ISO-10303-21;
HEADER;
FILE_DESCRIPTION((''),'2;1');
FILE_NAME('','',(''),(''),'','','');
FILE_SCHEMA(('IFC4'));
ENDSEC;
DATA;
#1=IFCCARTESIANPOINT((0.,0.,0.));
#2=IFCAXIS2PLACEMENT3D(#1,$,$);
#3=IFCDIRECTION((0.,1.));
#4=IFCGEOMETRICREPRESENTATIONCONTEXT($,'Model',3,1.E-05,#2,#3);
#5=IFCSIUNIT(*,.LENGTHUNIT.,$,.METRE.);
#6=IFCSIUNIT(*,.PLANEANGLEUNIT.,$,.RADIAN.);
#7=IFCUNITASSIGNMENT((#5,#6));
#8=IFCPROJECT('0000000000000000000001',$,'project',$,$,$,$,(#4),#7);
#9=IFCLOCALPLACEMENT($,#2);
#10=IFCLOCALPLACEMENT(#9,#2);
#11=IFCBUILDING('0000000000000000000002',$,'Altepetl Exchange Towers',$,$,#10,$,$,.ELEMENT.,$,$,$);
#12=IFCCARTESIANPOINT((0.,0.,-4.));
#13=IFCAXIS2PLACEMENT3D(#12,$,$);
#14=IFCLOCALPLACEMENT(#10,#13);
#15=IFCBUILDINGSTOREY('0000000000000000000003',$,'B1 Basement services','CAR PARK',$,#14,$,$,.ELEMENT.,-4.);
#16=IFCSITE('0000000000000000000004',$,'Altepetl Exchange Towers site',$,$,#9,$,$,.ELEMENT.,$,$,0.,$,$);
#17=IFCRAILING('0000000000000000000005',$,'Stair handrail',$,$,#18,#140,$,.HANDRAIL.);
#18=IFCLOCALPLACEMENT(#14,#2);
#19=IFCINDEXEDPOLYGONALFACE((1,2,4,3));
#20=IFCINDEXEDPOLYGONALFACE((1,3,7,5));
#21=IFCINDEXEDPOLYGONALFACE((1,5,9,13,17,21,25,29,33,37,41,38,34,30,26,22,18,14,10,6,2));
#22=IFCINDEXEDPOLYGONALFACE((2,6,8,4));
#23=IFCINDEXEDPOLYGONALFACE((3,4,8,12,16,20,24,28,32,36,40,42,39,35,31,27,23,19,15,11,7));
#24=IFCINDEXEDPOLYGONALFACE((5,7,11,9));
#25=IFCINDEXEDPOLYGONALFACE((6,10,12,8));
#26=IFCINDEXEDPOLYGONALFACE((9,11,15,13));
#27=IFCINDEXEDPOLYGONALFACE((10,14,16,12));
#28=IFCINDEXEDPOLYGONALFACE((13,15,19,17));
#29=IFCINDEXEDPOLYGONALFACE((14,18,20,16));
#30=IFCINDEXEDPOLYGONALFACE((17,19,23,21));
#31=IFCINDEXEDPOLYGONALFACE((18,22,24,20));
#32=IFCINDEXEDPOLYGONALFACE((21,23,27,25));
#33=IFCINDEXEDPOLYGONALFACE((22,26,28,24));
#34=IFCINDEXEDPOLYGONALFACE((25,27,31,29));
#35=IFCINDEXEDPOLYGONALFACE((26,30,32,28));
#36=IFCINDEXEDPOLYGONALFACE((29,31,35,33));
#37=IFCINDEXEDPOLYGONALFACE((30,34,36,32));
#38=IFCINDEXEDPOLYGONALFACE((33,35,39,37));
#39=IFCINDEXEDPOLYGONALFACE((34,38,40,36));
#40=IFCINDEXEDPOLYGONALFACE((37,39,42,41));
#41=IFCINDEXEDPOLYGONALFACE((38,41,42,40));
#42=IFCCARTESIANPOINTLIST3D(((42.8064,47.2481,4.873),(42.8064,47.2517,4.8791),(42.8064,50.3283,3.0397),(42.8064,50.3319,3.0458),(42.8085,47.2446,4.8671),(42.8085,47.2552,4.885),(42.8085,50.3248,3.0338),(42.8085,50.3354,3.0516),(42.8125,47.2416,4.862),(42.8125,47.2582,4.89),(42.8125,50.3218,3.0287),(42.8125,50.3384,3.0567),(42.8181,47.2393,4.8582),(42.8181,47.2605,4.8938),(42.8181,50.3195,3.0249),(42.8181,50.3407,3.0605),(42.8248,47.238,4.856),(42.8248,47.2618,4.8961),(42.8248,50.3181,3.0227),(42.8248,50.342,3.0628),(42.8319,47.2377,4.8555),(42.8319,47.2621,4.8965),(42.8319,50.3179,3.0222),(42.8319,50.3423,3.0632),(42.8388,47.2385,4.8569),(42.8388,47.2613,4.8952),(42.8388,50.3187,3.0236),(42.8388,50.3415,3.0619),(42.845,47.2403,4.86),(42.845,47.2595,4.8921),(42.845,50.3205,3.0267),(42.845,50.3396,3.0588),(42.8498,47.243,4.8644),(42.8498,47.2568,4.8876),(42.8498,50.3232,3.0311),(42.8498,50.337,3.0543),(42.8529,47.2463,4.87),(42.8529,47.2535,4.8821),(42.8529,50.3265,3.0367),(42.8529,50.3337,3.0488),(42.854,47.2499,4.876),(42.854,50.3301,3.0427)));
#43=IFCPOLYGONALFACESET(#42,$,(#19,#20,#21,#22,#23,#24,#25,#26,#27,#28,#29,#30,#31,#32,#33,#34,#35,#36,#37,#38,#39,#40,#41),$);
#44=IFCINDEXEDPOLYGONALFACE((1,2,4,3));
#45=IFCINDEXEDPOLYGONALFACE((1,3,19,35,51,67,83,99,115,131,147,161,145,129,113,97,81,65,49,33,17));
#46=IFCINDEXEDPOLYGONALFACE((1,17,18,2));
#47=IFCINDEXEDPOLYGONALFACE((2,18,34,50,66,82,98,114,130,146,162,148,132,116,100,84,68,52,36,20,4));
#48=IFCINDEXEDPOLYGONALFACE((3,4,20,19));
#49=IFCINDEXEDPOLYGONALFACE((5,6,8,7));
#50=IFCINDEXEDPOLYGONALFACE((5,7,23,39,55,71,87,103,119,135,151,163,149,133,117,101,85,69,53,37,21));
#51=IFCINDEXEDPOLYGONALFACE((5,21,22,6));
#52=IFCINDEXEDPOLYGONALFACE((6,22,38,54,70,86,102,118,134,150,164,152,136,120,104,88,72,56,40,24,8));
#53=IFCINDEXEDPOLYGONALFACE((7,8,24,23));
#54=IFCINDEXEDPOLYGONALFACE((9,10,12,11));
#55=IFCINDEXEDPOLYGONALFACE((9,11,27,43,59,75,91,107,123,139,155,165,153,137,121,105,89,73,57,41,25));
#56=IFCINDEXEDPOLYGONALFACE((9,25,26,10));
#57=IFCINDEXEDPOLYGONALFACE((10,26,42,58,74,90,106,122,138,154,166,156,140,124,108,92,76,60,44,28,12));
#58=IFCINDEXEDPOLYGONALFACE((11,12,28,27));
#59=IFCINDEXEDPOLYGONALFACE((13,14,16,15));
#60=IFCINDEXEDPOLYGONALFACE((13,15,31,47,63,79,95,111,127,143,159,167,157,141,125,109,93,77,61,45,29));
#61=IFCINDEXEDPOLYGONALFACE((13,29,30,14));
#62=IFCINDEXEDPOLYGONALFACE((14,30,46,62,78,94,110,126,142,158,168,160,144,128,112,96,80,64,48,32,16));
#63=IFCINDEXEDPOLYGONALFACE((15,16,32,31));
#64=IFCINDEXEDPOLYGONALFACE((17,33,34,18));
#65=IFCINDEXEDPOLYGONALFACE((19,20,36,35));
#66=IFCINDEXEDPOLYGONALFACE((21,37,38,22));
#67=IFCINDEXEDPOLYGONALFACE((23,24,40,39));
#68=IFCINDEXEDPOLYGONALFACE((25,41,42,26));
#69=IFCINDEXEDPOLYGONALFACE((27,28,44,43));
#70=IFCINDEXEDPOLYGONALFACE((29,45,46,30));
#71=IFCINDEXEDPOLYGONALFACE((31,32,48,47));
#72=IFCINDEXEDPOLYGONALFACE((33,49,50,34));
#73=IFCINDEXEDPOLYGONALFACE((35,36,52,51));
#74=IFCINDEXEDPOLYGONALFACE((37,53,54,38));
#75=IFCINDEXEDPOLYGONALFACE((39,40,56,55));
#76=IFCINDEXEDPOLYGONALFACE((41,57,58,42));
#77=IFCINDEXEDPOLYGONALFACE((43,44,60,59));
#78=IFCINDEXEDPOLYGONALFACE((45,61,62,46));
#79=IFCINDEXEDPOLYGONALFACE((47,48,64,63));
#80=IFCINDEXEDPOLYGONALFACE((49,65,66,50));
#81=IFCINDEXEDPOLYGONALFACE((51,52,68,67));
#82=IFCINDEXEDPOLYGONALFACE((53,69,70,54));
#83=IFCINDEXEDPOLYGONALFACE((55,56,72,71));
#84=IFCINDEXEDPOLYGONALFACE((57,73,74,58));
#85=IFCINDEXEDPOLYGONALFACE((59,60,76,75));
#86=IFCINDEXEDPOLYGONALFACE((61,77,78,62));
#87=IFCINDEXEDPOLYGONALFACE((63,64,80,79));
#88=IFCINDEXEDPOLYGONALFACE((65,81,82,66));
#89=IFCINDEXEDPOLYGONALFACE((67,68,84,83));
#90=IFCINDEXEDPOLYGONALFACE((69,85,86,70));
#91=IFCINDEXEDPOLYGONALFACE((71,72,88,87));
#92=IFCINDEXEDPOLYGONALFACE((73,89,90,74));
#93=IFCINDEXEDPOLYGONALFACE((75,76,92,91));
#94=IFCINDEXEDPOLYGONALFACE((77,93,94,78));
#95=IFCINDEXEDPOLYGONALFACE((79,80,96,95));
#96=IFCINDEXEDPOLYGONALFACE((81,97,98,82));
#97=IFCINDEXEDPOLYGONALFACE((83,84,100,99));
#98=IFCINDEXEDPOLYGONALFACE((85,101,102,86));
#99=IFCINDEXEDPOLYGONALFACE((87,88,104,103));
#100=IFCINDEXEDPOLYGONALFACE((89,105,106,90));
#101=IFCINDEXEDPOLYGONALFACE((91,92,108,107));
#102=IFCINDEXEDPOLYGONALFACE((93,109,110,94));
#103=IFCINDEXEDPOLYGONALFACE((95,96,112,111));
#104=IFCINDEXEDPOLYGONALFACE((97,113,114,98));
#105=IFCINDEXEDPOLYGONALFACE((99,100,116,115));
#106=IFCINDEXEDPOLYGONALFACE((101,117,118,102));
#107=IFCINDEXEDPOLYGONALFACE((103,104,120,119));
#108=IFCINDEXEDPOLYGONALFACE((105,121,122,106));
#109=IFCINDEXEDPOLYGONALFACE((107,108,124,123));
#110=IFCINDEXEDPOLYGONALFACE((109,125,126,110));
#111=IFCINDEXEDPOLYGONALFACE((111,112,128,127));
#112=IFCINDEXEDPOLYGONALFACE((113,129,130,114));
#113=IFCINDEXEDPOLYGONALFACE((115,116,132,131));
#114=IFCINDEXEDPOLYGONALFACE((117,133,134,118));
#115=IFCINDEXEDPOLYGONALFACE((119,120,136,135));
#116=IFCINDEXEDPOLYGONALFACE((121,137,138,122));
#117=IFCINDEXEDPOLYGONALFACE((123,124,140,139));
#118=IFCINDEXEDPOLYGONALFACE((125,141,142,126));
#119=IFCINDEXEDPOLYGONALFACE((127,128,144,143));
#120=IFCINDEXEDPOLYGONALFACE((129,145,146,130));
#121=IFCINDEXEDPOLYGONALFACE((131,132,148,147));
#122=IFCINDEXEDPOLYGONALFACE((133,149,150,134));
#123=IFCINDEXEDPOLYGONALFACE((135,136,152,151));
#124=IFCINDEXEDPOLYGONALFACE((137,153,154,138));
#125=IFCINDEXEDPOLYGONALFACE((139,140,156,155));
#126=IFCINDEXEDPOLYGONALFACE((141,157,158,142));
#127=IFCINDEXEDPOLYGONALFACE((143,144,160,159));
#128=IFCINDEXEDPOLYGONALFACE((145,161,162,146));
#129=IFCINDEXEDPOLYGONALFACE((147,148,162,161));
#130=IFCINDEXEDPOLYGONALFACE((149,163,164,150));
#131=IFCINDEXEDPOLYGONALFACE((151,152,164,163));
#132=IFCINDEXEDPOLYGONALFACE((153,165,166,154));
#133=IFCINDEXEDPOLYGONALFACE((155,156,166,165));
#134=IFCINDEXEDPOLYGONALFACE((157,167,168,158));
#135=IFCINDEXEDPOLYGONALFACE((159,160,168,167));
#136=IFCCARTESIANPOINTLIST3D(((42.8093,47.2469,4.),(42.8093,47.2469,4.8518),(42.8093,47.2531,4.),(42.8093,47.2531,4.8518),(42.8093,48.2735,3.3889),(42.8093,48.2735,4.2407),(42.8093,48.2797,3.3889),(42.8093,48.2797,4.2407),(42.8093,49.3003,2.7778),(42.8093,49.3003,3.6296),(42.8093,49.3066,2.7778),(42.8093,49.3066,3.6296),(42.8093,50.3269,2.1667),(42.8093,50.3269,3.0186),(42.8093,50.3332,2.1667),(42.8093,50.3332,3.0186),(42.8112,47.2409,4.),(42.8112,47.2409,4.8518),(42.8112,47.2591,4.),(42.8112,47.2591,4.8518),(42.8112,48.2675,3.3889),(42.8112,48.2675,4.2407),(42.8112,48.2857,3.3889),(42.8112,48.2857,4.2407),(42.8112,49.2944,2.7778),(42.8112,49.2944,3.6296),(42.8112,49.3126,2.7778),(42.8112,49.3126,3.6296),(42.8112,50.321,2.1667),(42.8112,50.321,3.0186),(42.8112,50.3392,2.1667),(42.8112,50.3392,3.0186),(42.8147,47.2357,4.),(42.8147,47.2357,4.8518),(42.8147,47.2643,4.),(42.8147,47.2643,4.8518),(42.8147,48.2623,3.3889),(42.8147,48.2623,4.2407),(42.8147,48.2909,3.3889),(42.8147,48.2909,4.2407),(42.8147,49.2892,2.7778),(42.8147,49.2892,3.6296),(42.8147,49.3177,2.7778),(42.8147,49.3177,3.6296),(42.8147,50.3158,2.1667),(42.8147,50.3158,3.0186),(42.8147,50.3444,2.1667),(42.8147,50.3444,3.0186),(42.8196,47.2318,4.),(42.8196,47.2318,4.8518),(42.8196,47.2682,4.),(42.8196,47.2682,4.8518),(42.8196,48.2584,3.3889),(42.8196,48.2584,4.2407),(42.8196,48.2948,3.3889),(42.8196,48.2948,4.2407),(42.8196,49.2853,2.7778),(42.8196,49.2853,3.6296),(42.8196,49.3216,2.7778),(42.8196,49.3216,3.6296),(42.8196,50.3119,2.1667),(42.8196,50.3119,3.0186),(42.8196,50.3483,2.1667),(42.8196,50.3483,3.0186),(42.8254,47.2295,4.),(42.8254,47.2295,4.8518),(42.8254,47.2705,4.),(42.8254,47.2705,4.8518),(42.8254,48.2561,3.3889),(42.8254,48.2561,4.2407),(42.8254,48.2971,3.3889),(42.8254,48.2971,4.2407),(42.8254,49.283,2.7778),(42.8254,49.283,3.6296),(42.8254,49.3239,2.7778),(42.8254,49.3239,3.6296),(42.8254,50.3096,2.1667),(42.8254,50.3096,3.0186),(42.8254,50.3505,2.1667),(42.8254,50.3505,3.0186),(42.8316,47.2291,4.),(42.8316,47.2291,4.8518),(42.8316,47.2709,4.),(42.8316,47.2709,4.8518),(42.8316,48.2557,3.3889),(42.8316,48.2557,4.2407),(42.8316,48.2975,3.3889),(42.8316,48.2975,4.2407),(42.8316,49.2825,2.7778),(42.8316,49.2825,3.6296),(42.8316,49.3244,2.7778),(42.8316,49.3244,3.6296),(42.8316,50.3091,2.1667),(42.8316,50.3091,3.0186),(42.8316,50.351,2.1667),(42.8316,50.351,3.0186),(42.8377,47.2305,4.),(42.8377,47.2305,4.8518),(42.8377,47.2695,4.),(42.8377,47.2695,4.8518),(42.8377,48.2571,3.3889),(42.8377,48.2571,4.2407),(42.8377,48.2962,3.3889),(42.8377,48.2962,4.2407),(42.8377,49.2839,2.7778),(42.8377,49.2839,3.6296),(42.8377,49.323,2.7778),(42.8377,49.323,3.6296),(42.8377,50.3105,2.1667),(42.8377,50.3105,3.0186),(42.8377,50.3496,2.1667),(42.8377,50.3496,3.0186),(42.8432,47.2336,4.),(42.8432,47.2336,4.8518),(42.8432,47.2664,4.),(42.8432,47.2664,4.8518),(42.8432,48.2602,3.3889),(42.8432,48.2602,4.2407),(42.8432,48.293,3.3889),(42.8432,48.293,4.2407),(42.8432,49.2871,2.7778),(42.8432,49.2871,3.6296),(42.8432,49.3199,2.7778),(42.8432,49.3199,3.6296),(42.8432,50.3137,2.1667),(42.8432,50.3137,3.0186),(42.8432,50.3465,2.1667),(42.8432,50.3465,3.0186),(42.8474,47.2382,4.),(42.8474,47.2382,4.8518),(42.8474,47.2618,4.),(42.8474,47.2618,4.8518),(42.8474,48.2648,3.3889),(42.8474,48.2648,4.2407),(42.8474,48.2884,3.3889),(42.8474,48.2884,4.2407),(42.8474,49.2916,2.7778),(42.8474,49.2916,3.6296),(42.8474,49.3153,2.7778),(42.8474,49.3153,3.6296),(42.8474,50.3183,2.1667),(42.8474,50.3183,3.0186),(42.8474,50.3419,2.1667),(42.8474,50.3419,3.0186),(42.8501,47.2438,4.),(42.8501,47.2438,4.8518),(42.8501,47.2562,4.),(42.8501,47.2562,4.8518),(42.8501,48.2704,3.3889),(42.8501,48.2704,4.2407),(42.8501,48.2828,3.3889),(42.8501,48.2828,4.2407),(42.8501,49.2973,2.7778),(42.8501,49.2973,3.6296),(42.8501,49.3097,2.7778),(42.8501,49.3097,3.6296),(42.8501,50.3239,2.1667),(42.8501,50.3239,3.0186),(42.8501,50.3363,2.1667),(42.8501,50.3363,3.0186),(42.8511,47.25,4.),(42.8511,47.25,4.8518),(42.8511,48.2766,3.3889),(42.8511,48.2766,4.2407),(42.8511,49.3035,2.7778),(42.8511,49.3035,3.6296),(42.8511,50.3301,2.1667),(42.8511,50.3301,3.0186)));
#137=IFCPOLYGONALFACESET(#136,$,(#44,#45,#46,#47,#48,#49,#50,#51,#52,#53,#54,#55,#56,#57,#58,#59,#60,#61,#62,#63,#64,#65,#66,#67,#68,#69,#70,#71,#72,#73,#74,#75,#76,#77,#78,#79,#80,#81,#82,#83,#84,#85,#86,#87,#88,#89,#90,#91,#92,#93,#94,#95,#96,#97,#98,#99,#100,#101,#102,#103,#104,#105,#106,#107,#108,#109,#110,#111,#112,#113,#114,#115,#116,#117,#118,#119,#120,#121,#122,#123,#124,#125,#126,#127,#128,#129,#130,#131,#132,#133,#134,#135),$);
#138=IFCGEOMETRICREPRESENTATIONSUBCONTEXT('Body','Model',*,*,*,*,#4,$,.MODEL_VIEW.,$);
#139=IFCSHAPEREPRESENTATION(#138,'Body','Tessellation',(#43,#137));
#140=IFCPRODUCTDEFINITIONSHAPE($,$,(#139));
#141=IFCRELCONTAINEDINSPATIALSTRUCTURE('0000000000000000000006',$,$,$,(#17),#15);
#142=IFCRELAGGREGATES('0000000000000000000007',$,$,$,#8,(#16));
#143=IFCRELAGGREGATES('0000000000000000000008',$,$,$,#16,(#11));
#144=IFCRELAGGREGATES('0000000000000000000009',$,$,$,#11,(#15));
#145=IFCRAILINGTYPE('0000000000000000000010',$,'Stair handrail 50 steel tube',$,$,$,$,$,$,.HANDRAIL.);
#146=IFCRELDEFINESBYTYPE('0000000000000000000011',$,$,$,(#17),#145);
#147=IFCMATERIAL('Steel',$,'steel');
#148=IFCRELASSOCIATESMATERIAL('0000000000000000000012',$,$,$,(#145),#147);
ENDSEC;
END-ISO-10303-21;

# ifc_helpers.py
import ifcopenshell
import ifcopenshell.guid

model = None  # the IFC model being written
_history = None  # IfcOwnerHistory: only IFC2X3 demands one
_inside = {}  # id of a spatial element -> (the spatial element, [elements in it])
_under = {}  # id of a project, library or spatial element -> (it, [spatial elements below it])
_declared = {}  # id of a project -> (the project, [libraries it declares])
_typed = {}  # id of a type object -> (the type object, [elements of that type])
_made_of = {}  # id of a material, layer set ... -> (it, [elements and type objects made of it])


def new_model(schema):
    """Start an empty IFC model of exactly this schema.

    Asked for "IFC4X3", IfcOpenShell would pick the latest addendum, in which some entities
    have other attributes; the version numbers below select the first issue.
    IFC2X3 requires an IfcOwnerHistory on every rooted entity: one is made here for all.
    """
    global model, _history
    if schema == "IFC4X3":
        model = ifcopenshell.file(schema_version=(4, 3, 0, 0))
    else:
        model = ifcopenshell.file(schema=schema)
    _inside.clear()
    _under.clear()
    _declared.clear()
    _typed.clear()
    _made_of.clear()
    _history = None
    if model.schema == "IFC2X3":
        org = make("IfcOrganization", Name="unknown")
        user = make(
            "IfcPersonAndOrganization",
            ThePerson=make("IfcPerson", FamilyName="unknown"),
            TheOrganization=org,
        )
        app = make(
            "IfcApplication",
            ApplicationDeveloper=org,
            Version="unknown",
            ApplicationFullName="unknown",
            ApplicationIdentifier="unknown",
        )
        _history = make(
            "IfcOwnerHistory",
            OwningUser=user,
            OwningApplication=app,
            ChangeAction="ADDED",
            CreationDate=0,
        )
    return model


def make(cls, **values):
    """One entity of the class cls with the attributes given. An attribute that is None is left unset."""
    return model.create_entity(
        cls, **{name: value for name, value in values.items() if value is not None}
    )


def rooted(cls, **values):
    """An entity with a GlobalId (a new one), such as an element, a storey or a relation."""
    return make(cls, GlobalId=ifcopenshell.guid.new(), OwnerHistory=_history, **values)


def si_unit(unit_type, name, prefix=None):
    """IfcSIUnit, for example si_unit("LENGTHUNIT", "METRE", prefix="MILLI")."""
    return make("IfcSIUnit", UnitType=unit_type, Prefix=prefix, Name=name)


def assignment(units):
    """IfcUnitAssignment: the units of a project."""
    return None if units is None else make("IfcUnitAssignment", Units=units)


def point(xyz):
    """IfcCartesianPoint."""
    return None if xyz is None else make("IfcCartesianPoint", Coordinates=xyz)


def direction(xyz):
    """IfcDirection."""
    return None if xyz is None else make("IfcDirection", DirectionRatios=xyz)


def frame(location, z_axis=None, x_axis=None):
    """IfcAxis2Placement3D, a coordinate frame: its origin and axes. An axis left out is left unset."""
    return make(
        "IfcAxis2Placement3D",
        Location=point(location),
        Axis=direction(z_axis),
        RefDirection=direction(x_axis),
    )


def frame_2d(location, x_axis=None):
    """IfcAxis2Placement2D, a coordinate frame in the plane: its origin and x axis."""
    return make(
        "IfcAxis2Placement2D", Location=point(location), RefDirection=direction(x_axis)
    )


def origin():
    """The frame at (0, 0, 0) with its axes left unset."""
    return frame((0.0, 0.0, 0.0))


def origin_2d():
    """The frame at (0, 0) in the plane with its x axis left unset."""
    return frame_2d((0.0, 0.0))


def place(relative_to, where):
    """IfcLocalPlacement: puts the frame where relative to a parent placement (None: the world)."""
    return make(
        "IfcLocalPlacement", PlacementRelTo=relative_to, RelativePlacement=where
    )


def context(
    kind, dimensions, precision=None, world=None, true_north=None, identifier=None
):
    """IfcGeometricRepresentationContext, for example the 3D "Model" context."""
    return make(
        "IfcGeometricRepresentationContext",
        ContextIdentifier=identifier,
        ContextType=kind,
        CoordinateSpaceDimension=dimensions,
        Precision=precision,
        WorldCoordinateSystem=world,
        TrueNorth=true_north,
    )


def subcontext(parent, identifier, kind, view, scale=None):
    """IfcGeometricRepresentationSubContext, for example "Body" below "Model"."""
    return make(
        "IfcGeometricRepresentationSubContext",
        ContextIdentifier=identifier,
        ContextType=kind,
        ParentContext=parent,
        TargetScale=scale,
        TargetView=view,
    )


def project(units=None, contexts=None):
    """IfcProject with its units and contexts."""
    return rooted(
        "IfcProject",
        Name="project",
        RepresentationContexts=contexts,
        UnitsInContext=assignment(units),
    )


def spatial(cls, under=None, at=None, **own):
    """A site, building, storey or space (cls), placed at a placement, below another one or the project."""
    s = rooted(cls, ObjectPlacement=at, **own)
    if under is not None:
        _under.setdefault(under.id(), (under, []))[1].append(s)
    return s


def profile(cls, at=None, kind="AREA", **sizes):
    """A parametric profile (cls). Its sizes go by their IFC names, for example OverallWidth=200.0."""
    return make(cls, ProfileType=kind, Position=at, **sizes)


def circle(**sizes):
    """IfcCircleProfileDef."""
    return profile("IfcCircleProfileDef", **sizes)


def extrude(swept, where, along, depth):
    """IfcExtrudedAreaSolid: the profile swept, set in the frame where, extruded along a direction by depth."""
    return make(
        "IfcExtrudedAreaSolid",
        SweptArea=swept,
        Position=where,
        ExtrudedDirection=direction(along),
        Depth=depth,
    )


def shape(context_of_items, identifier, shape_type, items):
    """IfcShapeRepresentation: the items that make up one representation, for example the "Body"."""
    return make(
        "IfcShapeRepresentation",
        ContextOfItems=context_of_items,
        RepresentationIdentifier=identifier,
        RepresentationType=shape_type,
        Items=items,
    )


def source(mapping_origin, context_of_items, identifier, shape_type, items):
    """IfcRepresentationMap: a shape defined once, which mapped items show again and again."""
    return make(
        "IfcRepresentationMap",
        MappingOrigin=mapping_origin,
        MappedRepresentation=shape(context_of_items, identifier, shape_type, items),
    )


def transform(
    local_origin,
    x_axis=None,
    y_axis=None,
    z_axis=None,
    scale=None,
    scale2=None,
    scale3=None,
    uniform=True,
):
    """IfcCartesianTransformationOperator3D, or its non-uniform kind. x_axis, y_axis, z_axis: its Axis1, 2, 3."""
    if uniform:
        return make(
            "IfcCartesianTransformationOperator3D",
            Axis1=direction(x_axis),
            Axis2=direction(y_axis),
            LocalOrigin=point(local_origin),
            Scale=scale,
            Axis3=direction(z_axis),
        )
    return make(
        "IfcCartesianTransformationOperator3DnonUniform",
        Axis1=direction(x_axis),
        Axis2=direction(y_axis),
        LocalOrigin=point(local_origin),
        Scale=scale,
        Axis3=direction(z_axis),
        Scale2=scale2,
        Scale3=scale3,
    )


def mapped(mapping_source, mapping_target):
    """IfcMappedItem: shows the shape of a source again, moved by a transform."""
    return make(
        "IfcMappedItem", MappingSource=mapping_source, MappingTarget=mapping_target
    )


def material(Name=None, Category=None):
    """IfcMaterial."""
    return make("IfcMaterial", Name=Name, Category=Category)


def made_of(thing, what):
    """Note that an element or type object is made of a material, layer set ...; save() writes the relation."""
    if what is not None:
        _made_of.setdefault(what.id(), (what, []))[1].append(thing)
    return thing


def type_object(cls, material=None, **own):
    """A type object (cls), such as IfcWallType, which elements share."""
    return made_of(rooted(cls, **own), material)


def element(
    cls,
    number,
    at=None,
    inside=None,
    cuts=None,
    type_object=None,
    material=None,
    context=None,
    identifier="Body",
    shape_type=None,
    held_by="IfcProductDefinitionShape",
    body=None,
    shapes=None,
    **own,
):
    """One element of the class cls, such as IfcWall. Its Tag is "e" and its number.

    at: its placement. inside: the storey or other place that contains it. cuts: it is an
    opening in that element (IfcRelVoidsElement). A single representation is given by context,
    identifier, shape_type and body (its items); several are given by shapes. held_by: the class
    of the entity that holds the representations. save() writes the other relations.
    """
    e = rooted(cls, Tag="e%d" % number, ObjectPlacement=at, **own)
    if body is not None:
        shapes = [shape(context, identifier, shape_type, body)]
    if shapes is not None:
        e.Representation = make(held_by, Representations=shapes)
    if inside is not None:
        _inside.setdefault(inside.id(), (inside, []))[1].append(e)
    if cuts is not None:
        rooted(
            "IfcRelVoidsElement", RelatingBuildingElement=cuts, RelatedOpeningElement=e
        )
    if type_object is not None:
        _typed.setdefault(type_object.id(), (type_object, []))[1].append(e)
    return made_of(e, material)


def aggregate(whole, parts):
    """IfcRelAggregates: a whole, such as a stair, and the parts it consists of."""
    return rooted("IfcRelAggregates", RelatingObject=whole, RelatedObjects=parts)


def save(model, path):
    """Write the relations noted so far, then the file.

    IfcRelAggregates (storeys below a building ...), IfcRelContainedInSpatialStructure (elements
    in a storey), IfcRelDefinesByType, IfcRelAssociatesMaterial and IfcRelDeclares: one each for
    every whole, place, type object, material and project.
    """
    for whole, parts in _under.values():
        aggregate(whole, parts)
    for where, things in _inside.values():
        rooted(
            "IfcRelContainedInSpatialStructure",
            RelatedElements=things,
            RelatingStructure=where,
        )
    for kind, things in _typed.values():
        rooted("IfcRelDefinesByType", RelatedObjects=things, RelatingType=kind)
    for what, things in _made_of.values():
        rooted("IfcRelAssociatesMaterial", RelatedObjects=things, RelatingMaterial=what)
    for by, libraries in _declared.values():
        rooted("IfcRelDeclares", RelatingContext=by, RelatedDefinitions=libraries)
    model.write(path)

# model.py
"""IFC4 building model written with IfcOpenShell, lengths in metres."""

from ifc_helpers import new_model, si_unit, direction, frame, origin, origin_2d, place, context, subcontext, project, spatial, circle, extrude, source, transform, mapped, material, type_object, element, save


model = new_model("IFC4")

# Units and contexts
model_context = context("Model", 3, precision=1e-05, world=origin(), true_north=direction((0.0, 1.0)))
body_context = subcontext(model_context, "Body", "Model", "MODEL_VIEW")
ifc_project = project(units=[si_unit("LENGTHUNIT", "METRE"), si_unit("PLANEANGLEUNIT", "RADIAN")], contexts=[model_context])

# Site, building, storey
site_placement = place(None, origin())
site = spatial("IfcSite", under=ifc_project, at=site_placement, Name="Altepetl Exchange Towers site", CompositionType="ELEMENT", RefElevation=0.0)
building_placement = place(site_placement, origin())
building = spatial("IfcBuilding", under=site, at=building_placement, Name="Altepetl Exchange Towers", CompositionType="ELEMENT")
storey_placement = place(building_placement, frame((0.0, 0.0, -4.0)))
storey = spatial("IfcBuildingStorey", under=building, at=storey_placement, Name="B1 Basement services", Description="CAR PARK", CompositionType="ELEMENT", Elevation=-4.0)

# Railing
ifc_material_1 = material(Name="Steel", Category="steel")
railing_type = type_object("IfcRailingType", Name="Stair handrail 50 steel tube", PredefinedType="HANDRAIL", material=ifc_material_1)
shared_shape = source(origin(), body_context, "Body", "SweptSolid", [
    extrude(circle(Radius=0.021, at=origin_2d()), origin(), (0.0, 0.0, 1.0), 0.8518),
])
for number, where, name in (
    (1, (42.8301, 50.3301, 2.1667), "Stair handrail"),
):
    element("IfcRailing", number, at=place(storey_placement, frame(where)), inside=storey, type_object=railing_type, Name=name, PredefinedType="HANDRAIL", context=body_context, shape_type="SweptSolid", body=[
        extrude(circle(Radius=0.0239, at=origin_2d()), frame((0.0, 0.0, 0.876), z_axis=(0.0, -0.859309, 0.511458), x_axis=(1.0, 0.0, 0.0)), (0.0, 0.0, 1.0), 3.5845),
        mapped(shared_shape, transform((0.0, 0.0, 0.0))),
        mapped(shared_shape, transform((0.0, -1.0266, 0.6111))),
        mapped(shared_shape, transform((0.0, -2.0535, 1.2222))),
        mapped(shared_shape, transform((0.0, -3.0801, 1.8333))),
    ])

save(model, "model.ifc")
